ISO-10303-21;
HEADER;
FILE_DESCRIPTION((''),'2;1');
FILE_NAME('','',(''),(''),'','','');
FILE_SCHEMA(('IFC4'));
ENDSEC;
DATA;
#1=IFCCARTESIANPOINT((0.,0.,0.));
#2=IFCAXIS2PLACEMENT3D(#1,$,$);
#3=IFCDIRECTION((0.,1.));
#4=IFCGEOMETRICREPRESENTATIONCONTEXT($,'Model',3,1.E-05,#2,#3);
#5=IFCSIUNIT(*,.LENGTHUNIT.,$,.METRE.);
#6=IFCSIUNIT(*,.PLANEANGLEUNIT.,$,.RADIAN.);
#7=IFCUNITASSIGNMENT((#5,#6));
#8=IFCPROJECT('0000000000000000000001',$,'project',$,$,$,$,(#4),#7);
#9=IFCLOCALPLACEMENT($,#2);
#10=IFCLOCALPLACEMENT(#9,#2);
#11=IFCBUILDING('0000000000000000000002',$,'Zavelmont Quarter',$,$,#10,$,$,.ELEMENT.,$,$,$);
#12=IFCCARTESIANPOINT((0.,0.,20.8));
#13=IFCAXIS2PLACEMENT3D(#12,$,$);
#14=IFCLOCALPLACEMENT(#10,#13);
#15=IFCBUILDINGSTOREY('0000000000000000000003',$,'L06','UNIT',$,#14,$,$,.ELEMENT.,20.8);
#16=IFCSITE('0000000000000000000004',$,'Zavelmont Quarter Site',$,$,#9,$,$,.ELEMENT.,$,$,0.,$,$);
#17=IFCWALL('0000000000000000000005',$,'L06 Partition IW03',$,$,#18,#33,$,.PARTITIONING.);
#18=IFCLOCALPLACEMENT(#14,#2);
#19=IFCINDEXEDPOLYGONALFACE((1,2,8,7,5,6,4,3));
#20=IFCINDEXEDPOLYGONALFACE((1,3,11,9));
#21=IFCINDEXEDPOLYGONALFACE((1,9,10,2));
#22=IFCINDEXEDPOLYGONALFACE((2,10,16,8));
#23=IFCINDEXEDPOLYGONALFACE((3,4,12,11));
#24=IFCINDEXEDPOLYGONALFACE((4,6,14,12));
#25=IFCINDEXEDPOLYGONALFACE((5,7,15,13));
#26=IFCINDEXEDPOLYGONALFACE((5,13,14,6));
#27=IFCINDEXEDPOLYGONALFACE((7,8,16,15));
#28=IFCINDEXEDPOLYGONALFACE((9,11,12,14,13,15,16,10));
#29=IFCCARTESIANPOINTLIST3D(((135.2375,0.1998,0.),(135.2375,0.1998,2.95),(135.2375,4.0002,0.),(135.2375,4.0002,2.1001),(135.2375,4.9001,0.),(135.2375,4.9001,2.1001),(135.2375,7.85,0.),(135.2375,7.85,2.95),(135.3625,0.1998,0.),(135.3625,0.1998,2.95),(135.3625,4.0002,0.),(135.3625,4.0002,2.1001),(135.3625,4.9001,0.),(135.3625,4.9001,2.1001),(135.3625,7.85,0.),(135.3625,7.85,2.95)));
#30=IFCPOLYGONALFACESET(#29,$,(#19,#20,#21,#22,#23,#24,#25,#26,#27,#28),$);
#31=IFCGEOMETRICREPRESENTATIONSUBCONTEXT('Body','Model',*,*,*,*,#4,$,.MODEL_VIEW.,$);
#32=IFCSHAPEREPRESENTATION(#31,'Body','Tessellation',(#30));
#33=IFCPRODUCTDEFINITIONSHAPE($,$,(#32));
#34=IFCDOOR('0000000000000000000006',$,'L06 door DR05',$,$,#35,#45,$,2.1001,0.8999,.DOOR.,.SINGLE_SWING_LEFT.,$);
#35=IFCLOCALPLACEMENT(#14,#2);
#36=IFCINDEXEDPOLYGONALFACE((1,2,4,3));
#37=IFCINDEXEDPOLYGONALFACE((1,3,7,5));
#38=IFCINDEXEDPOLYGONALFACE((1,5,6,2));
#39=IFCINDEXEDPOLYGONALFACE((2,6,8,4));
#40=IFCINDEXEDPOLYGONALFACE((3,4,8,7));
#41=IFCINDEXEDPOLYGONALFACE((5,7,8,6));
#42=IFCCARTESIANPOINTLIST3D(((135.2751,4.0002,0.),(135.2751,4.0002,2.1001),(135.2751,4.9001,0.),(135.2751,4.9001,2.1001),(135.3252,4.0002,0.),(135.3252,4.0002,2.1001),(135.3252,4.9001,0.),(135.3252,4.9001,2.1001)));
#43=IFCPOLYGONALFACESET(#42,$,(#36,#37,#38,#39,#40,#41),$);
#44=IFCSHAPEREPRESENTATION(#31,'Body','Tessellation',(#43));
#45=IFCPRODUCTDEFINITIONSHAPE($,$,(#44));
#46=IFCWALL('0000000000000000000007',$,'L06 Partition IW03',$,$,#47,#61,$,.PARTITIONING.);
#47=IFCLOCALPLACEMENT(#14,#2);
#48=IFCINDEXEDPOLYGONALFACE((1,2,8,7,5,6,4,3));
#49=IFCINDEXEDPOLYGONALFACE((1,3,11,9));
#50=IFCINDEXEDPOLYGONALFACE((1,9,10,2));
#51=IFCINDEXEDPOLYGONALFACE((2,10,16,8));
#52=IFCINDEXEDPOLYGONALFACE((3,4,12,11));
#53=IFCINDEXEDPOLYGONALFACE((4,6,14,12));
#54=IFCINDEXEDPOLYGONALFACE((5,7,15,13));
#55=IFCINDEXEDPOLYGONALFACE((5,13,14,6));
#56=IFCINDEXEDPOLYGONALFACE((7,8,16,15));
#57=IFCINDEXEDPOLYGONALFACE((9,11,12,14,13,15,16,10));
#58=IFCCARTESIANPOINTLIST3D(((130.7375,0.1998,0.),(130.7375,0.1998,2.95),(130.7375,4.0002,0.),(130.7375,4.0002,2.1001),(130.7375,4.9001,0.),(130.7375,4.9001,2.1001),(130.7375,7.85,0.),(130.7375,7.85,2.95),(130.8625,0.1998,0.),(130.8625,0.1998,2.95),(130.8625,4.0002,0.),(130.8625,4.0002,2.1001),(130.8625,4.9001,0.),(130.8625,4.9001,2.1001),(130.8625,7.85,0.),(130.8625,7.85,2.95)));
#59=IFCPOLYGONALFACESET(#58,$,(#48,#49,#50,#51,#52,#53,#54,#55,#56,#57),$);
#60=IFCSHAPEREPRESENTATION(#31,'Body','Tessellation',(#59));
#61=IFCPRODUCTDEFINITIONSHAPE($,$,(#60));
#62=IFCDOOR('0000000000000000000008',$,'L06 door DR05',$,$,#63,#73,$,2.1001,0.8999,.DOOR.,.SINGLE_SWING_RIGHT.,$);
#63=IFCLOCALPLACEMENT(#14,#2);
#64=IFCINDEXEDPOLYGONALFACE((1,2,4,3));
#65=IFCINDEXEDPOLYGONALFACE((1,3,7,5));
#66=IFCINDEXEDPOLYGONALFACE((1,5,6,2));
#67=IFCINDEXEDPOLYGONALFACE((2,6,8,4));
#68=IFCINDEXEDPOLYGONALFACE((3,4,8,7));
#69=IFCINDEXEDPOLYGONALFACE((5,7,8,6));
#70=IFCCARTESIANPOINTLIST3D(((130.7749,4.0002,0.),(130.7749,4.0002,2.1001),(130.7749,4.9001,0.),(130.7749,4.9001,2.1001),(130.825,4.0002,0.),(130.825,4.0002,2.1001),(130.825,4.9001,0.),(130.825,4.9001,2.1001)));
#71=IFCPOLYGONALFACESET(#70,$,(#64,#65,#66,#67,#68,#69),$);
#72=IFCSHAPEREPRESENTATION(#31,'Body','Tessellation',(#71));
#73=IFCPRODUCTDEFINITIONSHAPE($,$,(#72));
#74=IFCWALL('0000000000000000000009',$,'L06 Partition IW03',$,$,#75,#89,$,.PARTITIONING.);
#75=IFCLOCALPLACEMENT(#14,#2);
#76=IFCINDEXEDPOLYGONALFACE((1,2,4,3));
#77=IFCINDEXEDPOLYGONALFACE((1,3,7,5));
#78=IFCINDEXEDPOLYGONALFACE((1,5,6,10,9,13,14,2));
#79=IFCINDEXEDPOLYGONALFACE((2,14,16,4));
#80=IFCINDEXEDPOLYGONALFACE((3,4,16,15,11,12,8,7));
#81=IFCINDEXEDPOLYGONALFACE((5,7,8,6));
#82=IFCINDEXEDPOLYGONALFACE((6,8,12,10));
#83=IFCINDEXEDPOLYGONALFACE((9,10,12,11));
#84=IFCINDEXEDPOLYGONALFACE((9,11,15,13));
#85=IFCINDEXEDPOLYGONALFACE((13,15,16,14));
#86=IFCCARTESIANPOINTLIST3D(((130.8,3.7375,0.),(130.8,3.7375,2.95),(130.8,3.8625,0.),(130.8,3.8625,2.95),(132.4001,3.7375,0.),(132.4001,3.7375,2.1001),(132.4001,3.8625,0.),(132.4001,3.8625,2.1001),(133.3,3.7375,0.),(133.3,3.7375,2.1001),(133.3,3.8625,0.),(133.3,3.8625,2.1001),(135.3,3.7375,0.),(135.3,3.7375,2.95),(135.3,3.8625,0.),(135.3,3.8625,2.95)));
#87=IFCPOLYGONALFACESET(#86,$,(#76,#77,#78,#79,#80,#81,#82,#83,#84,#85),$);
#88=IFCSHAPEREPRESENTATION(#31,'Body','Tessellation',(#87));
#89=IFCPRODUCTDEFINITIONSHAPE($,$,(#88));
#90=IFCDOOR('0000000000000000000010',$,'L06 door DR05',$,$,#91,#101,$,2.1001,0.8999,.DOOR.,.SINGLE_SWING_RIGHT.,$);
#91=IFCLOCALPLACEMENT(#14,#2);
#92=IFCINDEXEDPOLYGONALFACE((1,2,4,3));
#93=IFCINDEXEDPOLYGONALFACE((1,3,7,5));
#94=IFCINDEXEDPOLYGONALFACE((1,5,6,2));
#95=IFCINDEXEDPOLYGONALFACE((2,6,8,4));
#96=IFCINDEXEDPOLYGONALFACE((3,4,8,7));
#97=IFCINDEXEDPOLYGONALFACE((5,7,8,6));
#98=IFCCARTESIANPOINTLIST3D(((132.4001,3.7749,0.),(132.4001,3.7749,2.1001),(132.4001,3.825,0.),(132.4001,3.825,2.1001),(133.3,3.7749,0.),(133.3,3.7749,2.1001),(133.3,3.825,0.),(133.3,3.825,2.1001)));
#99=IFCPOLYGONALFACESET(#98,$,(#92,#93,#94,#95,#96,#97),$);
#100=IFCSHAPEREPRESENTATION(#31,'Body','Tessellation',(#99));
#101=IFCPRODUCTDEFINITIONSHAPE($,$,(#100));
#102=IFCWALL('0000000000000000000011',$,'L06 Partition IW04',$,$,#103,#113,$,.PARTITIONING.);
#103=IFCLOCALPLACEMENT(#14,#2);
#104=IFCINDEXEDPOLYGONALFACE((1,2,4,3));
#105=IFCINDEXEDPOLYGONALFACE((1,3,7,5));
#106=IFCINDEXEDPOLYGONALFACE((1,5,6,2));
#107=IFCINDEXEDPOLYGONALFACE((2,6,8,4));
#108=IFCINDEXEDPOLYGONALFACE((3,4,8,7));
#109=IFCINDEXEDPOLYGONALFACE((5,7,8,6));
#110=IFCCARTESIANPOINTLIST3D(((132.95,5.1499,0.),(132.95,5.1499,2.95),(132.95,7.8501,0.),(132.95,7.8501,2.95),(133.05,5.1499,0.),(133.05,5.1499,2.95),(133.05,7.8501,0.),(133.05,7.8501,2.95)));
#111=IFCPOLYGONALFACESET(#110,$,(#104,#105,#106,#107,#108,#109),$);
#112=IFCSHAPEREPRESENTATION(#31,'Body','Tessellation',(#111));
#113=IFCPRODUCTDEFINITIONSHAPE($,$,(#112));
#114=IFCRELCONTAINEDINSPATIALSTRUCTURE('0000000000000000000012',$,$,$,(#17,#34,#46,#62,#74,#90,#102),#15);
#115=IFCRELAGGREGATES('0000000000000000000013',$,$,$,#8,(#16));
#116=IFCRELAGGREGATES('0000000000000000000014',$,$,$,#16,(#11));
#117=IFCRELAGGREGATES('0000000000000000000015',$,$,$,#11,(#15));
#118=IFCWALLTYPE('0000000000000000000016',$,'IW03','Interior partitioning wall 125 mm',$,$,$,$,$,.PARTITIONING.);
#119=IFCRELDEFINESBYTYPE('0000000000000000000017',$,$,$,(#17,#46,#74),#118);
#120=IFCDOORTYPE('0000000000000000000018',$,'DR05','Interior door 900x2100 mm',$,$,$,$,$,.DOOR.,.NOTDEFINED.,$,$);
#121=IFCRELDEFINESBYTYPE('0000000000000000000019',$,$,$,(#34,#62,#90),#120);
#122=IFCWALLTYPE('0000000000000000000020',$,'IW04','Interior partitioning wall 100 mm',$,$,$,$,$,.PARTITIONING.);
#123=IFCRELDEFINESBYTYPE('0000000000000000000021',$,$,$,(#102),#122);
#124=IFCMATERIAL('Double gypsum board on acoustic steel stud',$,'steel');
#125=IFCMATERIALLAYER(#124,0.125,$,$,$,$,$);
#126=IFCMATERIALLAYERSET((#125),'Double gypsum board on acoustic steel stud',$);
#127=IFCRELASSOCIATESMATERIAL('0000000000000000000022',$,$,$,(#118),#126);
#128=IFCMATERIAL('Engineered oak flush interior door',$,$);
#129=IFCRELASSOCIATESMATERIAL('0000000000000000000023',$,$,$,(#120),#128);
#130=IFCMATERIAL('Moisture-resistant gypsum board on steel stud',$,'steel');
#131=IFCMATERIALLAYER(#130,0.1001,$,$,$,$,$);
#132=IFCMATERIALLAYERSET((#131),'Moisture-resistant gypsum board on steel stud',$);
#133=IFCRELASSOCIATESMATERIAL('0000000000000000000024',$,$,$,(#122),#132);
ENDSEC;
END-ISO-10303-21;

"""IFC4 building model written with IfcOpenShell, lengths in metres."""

from ifc_helpers import new_model, si_unit, direction, frame, frame_2d, origin, origin_with_axes, place, context, subcontext, project, spatial, rectangle, extrude, material, layer, layer_set, type_object, element, fill, save


model = new_model("IFC4")

# Units and contexts
model_context = context("Model", 3, precision=1e-05, world=origin(), true_north=direction((0.0, 1.0)))
body_context = subcontext(model_context, "Body", "Model", "MODEL_VIEW")
ifc_project = project(units=[si_unit("LENGTHUNIT", "METRE"), si_unit("PLANEANGLEUNIT", "RADIAN")], contexts=[model_context])

# Site, building, storey
site_placement = place(None, origin())
site = spatial("IfcSite", under=ifc_project, at=site_placement, Name="Zavelmont Quarter Site", CompositionType="ELEMENT", RefElevation=0.0)
building_placement = place(site_placement, origin())
building = spatial("IfcBuilding", under=site, at=building_placement, Name="Zavelmont Quarter", CompositionType="ELEMENT")
storey_placement = place(building_placement, frame((0.0, 0.0, 20.8)))
storey = spatial("IfcBuildingStorey", under=building, at=storey_placement, Name="L06", Description="UNIT", CompositionType="ELEMENT", Elevation=20.8)

# Walls, openings, doors
ifc_material_1 = material(Name="Double gypsum board on acoustic steel stud", Category="steel")
ifc_layer_1 = layer(ifc_material_1, 0.125)
ifc_layer_set_1 = layer_set([ifc_layer_1], Name="Double gypsum board on acoustic steel stud")
wall_type_1 = type_object("IfcWallType", Name="IW03", Description="Interior partitioning wall 125 mm", PredefinedType="PARTITIONING", material=ifc_layer_set_1)
wall_1_placement = place(storey_placement, frame((135.3, 7.8501, 0.0), z_axis=(0.0, 0.0, 1.0), x_axis=(0.0, -1.0, 0.0)))
wall_1 = element("IfcWall", 1, at=wall_1_placement, inside=storey, type_object=wall_type_1, Name="L06 Partition IW03", PredefinedType="PARTITIONING", context=body_context, shape_type="SweptSolid", body=[
    extrude(rectangle(XDim=7.6501, YDim=0.125, at=frame_2d((3.8252, 0.0))), origin(), (0.0, 0.0, 1.0), 2.95),
])
opening_1_placement = place(wall_1_placement, frame((2.95, 0.0, 0.0)))
opening_1 = element("IfcOpeningElement", 2, at=opening_1_placement, cuts=wall_1, PredefinedType="OPENING", context=body_context, shape_type="SweptSolid", body=[
    extrude(rectangle(XDim=0.8999, YDim=2.1001, at=frame_2d((0.45, 1.05))), frame((0.0, 0.0745, 0.0), z_axis=(0.0, -1.0, 0.0), x_axis=(1.0, 0.0, 0.0)), (0.0, 0.0, 1.0), 0.1489),
])
ifc_material_2 = material(Name="Engineered oak flush interior door")
door_type = type_object("IfcDoorType", Name="DR05", Description="Interior door 900x2100 mm", OperationType="NOTDEFINED", PredefinedType="DOOR", material=ifc_material_2)
door_1_placement = place(opening_1_placement, frame((0.8999, 0.0, 0.0), z_axis=(0.0, 0.0, 1.0), x_axis=(-1.0, 0.0, 0.0)))
door_1 = element("IfcDoor", 3, at=door_1_placement, inside=storey, type_object=door_type, Name="L06 door DR05", OperationType="SINGLE_SWING_LEFT", OverallHeight=2.1001, OverallWidth=0.8999, PredefinedType="DOOR", context=body_context, shape_type="SweptSolid", body=[
    extrude(rectangle(XDim=0.8999, YDim=2.1001, at=frame_2d((0.45, 1.05))), frame((0.0, 0.0249, 0.0), z_axis=(0.0, -1.0, 0.0), x_axis=(1.0, 0.0, 0.0)), (0.0, 0.0, 1.0), 0.05),
])
fill(opening_1, door_1)
wall_2_placement = place(storey_placement, frame((130.8, 7.8501, 0.0), z_axis=(0.0, 0.0, 1.0), x_axis=(0.0, -1.0, 0.0)))
wall_2 = element("IfcWall", 4, at=wall_2_placement, inside=storey, type_object=wall_type_1, Name="L06 Partition IW03", PredefinedType="PARTITIONING", context=body_context, shape_type="SweptSolid", body=[
    extrude(rectangle(XDim=7.6501, YDim=0.125, at=frame_2d((3.8252, 0.0))), origin(), (0.0, 0.0, 1.0), 2.95),
])
opening_2_placement = place(wall_2_placement, frame((2.95, 0.0, 0.0)))
opening_2 = element("IfcOpeningElement", 5, at=opening_2_placement, cuts=wall_2, PredefinedType="OPENING", context=body_context, shape_type="SweptSolid", body=[
    extrude(rectangle(XDim=0.8999, YDim=2.1001, at=frame_2d((0.45, 1.05))), frame((0.0, 0.0745, 0.0), z_axis=(0.0, -1.0, 0.0), x_axis=(1.0, 0.0, 0.0)), (0.0, 0.0, 1.0), 0.1489),
])
door_2_placement = place(opening_2_placement, origin_with_axes())
door_2 = element("IfcDoor", 6, at=door_2_placement, inside=storey, type_object=door_type, Name="L06 door DR05", OperationType="SINGLE_SWING_RIGHT", OverallHeight=2.1001, OverallWidth=0.8999, PredefinedType="DOOR", context=body_context, shape_type="SweptSolid", body=[
    extrude(rectangle(XDim=0.8999, YDim=2.1001, at=frame_2d((0.45, 1.05))), frame((0.0, 0.0249, 0.0), z_axis=(0.0, -1.0, 0.0), x_axis=(1.0, 0.0, 0.0)), (0.0, 0.0, 1.0), 0.05),
])
fill(opening_2, door_2)
wall_3_placement = place(storey_placement, frame((130.8, 3.8, 0.0), z_axis=(0.0, 0.0, 1.0), x_axis=(1.0, 0.0, 0.0)))
wall_3 = element("IfcWall", 7, at=wall_3_placement, inside=storey, type_object=wall_type_1, Name="L06 Partition IW03", PredefinedType="PARTITIONING", context=body_context, shape_type="SweptSolid", body=[
    extrude(rectangle(XDim=4.5, YDim=0.125, at=frame_2d((2.25, 0.0))), origin(), (0.0, 0.0, 1.0), 2.95),
])
opening_3_placement = place(wall_3_placement, frame((1.6001, 0.0, 0.0)))
opening_3 = element("IfcOpeningElement", 8, at=opening_3_placement, cuts=wall_3, PredefinedType="OPENING", context=body_context, shape_type="SweptSolid", body=[
    extrude(rectangle(XDim=0.8999, YDim=2.1001, at=frame_2d((0.45, 1.05))), frame((0.0, 0.0745, 0.0), z_axis=(0.0, -1.0, 0.0), x_axis=(1.0, 0.0, 0.0)), (0.0, 0.0, 1.0), 0.1489),
])
door_3_placement = place(opening_3_placement, origin_with_axes())
door_3 = element("IfcDoor", 9, at=door_3_placement, inside=storey, type_object=door_type, Name="L06 door DR05", OperationType="SINGLE_SWING_RIGHT", OverallHeight=2.1001, OverallWidth=0.8999, PredefinedType="DOOR", context=body_context, shape_type="SweptSolid", body=[
    extrude(rectangle(XDim=0.8999, YDim=2.1001, at=frame_2d((0.45, 1.05))), frame((0.0, 0.0249, 0.0), z_axis=(0.0, -1.0, 0.0), x_axis=(1.0, 0.0, 0.0)), (0.0, 0.0, 1.0), 0.05),
])
fill(opening_3, door_3)

# Wall
ifc_material_3 = material(Name="Moisture-resistant gypsum board on steel stud", Category="steel")
ifc_layer_2 = layer(ifc_material_3, 0.1001)
ifc_layer_set_2 = layer_set([ifc_layer_2], Name="Moisture-resistant gypsum board on steel stud")
wall_type_2 = type_object("IfcWallType", Name="IW04", Description="Interior partitioning wall 100 mm", PredefinedType="PARTITIONING", material=ifc_layer_set_2)
wall_4_placement = place(storey_placement, frame((133.0, 7.8501, 0.0), z_axis=(0.0, 0.0, 1.0), x_axis=(0.0, -1.0, 0.0)))
element("IfcWall", 10, at=wall_4_placement, inside=storey, type_object=wall_type_2, Name="L06 Partition IW04", PredefinedType="PARTITIONING", context=body_context, shape_type="SweptSolid", body=[
    extrude(rectangle(XDim=2.7002, YDim=0.1001, at=frame_2d((1.3501, 0.0))), origin(), (0.0, 0.0, 1.0), 2.95),
])

save(model, "model.ifc")
